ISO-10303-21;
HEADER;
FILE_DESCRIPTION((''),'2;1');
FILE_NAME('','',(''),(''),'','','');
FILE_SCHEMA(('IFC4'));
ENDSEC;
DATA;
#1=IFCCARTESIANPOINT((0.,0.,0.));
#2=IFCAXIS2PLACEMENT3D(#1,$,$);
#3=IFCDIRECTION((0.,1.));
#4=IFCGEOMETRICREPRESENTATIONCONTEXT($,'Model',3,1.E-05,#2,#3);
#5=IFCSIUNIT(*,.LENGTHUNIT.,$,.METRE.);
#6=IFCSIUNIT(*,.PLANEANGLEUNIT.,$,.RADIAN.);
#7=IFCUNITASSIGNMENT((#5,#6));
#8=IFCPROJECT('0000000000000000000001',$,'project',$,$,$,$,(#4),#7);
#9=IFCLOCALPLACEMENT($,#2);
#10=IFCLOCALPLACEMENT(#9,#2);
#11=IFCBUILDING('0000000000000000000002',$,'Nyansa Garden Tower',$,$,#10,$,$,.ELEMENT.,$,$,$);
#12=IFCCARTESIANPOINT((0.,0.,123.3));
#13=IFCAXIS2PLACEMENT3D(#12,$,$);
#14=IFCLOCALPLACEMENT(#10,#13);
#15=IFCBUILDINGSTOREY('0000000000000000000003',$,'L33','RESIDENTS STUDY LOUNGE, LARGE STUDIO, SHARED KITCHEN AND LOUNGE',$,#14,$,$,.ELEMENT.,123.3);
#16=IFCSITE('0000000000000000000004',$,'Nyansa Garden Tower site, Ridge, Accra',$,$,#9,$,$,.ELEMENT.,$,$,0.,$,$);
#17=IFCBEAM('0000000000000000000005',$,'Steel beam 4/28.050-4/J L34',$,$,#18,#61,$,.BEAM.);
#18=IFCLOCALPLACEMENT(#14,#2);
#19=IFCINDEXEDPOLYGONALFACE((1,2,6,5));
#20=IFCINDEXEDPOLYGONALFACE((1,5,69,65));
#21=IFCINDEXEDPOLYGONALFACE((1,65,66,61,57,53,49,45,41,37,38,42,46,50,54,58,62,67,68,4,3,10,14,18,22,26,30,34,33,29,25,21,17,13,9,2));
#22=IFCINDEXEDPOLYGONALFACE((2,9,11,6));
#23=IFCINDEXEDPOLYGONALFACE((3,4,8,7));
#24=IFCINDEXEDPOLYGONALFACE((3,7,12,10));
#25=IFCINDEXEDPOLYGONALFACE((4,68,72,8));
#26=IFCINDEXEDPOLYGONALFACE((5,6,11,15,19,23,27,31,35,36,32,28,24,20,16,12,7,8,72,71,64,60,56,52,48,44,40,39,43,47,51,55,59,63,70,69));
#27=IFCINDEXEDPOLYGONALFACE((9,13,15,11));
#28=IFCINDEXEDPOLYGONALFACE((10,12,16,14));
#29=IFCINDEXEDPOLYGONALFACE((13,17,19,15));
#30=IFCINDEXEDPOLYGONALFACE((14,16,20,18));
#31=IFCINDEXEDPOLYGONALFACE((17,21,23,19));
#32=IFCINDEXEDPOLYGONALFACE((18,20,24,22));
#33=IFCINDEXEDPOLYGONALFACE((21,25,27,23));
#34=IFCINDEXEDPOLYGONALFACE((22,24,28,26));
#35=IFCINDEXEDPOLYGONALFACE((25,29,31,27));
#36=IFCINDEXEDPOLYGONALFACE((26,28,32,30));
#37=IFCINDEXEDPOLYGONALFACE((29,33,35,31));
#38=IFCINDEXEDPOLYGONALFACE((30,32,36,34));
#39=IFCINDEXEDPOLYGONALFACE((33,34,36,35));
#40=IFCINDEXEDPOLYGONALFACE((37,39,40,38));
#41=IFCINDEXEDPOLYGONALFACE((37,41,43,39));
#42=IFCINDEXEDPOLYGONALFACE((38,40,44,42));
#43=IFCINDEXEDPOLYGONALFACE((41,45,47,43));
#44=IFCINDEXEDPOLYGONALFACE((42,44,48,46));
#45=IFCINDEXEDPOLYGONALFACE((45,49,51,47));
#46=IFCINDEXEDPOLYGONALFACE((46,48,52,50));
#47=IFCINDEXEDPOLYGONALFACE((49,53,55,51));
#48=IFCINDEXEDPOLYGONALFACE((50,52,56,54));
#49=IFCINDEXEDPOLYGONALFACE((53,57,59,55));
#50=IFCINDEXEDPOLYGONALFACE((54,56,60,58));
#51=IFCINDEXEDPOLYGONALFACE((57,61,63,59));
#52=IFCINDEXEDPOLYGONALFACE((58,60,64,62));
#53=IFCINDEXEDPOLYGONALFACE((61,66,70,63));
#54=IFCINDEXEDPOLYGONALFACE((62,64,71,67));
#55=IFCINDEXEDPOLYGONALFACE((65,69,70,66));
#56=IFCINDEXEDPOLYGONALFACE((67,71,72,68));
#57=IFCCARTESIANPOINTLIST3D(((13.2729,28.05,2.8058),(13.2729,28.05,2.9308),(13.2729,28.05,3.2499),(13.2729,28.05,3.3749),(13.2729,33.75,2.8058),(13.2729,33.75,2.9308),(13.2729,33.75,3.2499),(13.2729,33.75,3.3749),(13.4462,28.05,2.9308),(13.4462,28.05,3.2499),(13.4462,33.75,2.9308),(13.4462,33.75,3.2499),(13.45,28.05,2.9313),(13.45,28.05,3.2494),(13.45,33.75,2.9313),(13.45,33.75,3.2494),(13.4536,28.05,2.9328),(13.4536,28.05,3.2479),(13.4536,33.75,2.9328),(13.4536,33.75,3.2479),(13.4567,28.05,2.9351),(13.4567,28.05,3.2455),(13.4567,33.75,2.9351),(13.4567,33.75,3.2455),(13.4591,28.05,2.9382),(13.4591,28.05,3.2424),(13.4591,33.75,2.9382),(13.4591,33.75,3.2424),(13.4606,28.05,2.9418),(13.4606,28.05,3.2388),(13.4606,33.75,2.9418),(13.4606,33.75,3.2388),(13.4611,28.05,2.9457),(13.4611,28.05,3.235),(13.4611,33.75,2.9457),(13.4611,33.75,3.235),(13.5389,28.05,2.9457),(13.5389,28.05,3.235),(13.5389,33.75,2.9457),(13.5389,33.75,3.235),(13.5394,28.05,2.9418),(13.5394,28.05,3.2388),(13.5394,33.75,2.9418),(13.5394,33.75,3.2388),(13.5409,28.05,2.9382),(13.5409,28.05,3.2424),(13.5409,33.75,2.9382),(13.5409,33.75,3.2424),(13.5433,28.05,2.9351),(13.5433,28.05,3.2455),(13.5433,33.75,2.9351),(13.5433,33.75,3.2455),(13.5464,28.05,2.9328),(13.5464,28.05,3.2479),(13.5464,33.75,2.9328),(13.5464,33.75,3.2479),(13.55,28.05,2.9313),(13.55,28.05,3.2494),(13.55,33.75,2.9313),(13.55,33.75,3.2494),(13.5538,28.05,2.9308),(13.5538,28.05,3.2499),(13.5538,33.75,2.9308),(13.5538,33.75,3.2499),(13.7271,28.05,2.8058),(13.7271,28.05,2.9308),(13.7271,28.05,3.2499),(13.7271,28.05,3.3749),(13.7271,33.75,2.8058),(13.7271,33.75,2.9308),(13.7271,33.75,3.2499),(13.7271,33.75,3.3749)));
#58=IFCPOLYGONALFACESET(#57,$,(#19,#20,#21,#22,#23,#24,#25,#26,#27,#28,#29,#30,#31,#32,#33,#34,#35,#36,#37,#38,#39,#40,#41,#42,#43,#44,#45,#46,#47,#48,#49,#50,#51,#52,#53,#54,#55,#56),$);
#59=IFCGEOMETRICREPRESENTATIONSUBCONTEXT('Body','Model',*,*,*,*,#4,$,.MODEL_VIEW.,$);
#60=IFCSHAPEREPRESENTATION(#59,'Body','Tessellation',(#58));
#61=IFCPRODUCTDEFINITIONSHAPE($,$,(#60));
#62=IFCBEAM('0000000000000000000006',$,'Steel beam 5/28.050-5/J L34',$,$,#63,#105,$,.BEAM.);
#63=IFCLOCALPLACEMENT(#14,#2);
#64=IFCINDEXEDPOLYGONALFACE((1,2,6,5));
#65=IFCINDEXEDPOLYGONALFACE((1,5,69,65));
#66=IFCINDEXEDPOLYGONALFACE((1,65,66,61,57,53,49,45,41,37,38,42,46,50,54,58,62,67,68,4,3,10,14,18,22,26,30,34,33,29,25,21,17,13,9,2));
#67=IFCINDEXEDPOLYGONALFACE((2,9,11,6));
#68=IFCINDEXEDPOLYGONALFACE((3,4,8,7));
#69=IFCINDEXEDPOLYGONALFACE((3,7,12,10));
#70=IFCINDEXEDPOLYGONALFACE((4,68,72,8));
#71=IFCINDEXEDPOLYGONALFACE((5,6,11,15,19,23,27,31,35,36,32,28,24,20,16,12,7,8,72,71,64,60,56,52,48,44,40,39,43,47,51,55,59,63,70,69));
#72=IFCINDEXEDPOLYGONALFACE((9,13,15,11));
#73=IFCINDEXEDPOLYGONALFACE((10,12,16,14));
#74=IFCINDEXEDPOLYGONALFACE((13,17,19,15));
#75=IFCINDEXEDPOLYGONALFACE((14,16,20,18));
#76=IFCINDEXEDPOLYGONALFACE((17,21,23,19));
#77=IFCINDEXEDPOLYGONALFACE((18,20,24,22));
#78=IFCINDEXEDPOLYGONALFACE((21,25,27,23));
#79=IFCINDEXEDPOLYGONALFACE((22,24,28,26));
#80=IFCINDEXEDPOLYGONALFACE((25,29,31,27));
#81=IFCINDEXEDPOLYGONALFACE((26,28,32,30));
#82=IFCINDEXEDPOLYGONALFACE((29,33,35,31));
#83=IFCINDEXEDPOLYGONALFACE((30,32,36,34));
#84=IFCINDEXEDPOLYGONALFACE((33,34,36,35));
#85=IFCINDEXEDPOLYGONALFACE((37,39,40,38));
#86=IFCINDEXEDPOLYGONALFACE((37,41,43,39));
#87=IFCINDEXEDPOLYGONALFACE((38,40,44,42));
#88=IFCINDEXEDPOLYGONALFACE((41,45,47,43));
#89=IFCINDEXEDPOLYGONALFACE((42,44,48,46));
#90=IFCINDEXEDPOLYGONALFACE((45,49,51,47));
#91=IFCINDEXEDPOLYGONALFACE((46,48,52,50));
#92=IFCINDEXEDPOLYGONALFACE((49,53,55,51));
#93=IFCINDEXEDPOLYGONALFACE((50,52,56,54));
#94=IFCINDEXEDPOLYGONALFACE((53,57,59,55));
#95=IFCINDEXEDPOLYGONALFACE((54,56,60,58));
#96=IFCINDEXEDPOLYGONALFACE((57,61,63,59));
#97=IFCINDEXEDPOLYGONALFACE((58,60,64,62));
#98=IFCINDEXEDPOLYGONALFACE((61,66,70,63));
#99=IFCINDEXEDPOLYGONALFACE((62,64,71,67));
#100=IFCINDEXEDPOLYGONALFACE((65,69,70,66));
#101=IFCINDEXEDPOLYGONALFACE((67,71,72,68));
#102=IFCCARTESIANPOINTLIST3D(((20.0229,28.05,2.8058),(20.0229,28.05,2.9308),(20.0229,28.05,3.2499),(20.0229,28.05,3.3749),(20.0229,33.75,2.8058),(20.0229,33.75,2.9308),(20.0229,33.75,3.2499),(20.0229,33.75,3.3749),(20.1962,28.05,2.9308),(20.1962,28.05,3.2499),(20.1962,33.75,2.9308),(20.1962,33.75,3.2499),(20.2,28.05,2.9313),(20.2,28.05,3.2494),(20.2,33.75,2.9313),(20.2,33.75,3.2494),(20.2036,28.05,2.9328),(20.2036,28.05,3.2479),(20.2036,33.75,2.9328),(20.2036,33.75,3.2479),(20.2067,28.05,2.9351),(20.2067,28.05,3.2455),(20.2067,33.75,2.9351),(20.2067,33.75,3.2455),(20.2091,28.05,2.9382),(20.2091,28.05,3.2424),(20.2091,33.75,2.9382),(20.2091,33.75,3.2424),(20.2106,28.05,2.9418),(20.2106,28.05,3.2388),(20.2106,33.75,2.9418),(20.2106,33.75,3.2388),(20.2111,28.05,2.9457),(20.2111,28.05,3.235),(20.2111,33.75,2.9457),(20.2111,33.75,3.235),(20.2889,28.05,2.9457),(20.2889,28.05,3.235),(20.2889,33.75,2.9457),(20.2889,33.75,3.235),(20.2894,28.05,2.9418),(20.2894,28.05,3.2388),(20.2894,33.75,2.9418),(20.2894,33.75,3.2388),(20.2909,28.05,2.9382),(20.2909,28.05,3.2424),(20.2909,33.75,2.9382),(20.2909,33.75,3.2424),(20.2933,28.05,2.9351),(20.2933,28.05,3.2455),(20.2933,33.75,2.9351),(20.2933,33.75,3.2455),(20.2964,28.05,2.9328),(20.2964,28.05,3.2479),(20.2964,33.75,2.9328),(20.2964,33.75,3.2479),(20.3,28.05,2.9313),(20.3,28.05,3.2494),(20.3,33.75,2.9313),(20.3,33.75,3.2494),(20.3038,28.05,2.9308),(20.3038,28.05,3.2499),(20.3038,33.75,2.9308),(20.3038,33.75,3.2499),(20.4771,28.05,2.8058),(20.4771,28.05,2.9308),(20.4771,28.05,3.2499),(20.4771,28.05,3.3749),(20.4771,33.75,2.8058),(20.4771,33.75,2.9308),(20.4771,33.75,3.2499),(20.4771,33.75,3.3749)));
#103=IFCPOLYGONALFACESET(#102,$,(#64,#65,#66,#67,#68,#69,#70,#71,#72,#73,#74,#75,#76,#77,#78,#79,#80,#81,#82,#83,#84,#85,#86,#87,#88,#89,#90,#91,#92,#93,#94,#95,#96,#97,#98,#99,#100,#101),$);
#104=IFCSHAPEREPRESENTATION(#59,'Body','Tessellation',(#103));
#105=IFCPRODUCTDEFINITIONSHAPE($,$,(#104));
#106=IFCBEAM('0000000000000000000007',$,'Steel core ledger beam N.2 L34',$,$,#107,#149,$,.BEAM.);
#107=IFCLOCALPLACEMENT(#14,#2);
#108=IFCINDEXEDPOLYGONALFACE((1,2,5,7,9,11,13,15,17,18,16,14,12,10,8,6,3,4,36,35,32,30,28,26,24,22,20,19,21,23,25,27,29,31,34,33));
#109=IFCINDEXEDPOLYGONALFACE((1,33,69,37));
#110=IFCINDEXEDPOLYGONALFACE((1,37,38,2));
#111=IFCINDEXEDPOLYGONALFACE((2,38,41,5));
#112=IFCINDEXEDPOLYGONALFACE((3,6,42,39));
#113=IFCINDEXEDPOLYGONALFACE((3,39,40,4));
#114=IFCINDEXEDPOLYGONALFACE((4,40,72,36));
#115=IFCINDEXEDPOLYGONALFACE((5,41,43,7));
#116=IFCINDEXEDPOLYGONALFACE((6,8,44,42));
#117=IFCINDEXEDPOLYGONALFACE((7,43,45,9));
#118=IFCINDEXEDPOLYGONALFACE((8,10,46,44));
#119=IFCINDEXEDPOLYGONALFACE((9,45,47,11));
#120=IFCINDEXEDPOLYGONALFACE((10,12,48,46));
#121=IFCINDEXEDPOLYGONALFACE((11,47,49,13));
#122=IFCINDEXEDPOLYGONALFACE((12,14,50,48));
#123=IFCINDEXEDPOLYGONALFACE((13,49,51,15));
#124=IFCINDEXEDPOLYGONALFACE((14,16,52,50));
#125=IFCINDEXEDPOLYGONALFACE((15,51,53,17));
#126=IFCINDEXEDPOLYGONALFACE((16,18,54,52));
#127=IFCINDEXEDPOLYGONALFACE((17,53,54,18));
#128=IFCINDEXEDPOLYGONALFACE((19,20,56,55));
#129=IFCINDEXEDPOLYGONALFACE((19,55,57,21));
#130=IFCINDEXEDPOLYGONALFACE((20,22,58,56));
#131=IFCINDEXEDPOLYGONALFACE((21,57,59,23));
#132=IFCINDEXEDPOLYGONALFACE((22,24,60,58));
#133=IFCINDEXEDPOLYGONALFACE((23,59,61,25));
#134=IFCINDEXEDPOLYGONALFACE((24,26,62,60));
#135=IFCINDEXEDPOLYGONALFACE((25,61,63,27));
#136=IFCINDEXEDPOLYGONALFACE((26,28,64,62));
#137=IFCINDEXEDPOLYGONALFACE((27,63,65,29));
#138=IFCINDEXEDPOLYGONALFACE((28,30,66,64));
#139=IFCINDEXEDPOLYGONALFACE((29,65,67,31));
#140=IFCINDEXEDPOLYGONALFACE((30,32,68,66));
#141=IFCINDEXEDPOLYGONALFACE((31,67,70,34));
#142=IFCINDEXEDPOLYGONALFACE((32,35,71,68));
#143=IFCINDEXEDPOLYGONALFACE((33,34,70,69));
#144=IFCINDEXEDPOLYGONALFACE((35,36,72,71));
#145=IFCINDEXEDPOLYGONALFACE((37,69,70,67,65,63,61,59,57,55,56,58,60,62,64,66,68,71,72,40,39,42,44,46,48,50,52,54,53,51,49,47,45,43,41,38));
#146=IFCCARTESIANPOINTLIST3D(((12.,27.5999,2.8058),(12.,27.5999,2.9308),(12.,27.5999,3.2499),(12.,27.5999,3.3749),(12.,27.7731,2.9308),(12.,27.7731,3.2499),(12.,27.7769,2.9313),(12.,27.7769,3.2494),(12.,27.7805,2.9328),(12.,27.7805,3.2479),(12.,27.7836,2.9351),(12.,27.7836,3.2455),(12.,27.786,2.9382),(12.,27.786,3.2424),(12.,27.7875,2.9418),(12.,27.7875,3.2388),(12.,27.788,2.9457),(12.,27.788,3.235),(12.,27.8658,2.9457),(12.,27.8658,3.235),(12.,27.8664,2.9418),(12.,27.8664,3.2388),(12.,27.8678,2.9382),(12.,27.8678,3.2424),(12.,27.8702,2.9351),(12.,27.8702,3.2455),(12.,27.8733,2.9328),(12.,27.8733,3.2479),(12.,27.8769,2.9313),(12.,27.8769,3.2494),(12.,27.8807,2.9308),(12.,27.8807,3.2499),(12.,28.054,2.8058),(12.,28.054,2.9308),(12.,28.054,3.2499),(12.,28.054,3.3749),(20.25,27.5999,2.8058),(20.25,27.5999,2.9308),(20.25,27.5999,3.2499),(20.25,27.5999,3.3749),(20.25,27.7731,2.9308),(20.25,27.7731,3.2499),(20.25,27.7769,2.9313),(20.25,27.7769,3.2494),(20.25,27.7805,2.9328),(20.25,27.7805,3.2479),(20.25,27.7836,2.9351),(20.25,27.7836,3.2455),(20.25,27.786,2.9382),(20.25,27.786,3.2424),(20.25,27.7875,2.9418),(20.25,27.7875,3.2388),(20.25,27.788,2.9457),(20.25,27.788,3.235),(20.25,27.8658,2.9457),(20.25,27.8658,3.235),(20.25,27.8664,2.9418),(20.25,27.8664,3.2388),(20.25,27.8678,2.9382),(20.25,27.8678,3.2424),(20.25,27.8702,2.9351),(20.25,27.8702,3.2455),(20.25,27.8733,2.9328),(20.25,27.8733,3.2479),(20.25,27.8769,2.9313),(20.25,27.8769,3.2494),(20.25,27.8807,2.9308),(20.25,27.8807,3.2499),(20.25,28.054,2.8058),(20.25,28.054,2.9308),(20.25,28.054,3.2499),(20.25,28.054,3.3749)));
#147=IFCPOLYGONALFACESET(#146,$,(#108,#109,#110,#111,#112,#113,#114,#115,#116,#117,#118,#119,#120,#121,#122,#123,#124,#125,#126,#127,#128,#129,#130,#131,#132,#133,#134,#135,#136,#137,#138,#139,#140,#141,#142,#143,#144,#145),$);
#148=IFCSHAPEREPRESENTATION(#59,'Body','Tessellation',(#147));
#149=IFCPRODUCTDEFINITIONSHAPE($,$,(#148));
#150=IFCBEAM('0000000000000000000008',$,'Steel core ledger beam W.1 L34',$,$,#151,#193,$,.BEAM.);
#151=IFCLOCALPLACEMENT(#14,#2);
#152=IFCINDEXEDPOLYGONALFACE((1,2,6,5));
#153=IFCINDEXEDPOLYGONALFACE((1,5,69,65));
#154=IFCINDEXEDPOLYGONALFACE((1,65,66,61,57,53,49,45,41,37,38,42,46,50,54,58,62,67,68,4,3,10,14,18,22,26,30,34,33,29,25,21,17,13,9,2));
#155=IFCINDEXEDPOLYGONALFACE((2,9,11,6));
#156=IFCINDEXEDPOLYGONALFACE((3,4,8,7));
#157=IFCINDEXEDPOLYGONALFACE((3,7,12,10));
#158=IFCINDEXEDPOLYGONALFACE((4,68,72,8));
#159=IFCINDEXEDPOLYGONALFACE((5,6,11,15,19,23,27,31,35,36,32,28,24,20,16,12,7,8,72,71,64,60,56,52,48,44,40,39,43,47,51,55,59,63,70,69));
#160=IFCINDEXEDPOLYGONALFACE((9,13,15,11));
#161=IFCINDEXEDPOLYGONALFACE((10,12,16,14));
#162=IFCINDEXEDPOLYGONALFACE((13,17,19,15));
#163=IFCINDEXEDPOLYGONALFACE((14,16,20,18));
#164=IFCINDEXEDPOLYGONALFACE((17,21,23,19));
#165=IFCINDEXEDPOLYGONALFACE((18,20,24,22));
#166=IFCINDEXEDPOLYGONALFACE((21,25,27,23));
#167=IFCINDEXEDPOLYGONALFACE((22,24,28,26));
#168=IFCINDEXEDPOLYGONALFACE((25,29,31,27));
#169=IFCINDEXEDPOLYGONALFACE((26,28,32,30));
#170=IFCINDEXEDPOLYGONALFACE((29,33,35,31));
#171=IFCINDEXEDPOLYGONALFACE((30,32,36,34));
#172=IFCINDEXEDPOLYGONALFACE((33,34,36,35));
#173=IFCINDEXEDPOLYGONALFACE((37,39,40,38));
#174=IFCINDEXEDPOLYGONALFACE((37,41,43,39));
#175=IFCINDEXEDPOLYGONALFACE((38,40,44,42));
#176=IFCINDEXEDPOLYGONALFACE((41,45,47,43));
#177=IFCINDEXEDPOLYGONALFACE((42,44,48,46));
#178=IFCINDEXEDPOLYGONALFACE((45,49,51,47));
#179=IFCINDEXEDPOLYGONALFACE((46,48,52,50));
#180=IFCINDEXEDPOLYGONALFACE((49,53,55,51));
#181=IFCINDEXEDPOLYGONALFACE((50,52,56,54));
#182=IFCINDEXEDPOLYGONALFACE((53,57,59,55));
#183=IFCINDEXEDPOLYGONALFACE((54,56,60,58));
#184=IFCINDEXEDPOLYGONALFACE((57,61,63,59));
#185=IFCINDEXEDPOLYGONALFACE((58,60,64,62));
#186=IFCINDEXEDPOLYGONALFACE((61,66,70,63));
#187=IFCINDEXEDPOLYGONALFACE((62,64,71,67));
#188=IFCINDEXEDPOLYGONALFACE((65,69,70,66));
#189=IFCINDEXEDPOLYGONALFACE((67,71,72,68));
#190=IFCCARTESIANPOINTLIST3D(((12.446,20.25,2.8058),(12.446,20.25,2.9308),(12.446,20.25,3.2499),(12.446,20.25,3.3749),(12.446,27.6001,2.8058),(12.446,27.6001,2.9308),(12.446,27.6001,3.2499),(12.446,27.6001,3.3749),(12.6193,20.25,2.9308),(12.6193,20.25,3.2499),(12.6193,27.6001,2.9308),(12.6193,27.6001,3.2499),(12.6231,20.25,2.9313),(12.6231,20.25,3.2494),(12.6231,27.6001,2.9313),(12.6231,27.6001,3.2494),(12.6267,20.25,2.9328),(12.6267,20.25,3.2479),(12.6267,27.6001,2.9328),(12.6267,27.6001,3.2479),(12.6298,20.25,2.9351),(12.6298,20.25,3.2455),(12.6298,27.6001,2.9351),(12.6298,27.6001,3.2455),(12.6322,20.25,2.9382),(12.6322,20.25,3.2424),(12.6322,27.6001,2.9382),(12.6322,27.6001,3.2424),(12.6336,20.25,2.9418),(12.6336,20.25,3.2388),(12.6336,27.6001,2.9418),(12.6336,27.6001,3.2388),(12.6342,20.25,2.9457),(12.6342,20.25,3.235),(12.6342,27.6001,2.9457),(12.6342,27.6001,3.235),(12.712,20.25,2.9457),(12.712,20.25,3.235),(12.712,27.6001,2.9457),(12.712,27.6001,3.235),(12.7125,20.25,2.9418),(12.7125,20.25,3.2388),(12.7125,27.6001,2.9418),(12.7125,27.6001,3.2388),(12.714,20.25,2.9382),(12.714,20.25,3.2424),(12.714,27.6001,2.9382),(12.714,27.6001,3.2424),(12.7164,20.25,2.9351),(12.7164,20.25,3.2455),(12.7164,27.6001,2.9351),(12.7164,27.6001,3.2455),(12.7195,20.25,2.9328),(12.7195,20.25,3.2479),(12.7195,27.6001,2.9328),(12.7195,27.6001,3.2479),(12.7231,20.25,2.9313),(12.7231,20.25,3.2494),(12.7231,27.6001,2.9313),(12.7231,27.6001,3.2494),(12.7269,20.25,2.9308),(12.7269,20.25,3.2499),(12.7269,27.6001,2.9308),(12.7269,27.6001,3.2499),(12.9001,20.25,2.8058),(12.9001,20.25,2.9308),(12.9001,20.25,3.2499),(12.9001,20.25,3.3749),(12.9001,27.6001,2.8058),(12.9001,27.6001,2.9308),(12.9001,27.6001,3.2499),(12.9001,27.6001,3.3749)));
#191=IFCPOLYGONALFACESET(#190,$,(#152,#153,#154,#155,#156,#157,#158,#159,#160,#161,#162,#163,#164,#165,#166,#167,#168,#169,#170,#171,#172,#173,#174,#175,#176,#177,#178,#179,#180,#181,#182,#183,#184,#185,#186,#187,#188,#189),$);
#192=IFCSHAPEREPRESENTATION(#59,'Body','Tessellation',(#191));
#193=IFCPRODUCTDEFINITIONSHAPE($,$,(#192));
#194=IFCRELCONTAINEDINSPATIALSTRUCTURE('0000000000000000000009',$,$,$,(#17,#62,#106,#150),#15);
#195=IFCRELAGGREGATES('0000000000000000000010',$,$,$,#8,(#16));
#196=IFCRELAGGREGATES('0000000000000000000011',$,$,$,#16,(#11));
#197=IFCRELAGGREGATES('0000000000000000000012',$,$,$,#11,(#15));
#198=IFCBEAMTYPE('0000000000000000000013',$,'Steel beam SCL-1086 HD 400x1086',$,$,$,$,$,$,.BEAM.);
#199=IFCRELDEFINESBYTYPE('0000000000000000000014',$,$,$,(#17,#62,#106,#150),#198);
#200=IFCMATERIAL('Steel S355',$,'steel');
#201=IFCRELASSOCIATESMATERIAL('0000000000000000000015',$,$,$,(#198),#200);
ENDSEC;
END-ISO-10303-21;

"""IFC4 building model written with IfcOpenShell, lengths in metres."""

from ifc_helpers import new_model, si_unit, direction, frame, origin, origin_2d, place, context, subcontext, project, spatial, i_section, extrude, material, material_profile, profile_set, type_object, element, save


model = new_model("IFC4")

# Units and contexts
model_context = context("Model", 3, precision=1e-05, world=origin(), true_north=direction((0.0, 1.0)))
body_context = subcontext(model_context, "Body", "Model", "MODEL_VIEW")
ifc_project = project(units=[si_unit("LENGTHUNIT", "METRE"), si_unit("PLANEANGLEUNIT", "RADIAN")], contexts=[model_context])

# Site, building, storey
site_placement = place(None, origin())
site = spatial("IfcSite", under=ifc_project, at=site_placement, Name="Nyansa Garden Tower site, Ridge, Accra", CompositionType="ELEMENT", RefElevation=0.0)
building_placement = place(site_placement, origin())
building = spatial("IfcBuilding", under=site, at=building_placement, Name="Nyansa Garden Tower", CompositionType="ELEMENT")
storey_placement = place(building_placement, frame((0.0, 0.0, 123.3)))
storey = spatial("IfcBuildingStorey", under=building, at=storey_placement, Name="L33", Description="RESIDENTS STUDY LOUNGE, LARGE STUDIO, SHARED KITCHEN AND LOUNGE", CompositionType="ELEMENT", Elevation=123.3)

# Beams
ifc_material_1 = material(Name="Steel S355", Category="steel")
ifc_material_profile_1 = material_profile(ifc_material_1, i_section(OverallWidth=0.4541, OverallDepth=0.5691, WebThickness=0.0779, FlangeThickness=0.125, FilletRadius=0.0149, at=origin_2d()), Name="HD 400x1086")
ifc_profile_set_1 = profile_set([ifc_material_profile_1], Name="Steel S355")
beam_type_1 = type_object("IfcBeamType", Name="Steel beam SCL-1086 HD 400x1086", PredefinedType="BEAM", material=ifc_profile_set_1)
for number, where, z_axis, x_axis, name in (
    (1, (13.5, 28.05, 3.0903), (0.0, 1.0, 0.0), (-1.0, 0.0, 0.0), "Steel beam 4/28.050-4/J L34"),
    (2, (20.25, 28.05, 3.0903), (0.0, 1.0, 0.0), (-1.0, 0.0, 0.0), "Steel beam 5/28.050-5/J L34"),
):
    element("IfcBeam", number, at=place(storey_placement, frame(where, z_axis=z_axis, x_axis=x_axis)), inside=storey, type_object=beam_type_1, Name=name, PredefinedType="BEAM", context=body_context, shape_type="SweptSolid", body=[
        extrude(i_section(OverallWidth=0.4541, OverallDepth=0.5691, WebThickness=0.0779, FlangeThickness=0.125, FilletRadius=0.0149, at=origin_2d()), origin(), (0.0, 0.0, 1.0), 5.7),
    ])
beam_1_placement = place(storey_placement, frame((20.25, 27.8269, 3.0903), z_axis=(-1.0, 0.0, 0.0), x_axis=(0.0, -1.0, 0.0)))
element("IfcBeam", 3, at=beam_1_placement, inside=storey, type_object=beam_type_1, Name="Steel core ledger beam N.2 L34", PredefinedType="BEAM", context=body_context, shape_type="SweptSolid", body=[
    extrude(i_section(OverallWidth=0.4541, OverallDepth=0.5691, WebThickness=0.0779, FlangeThickness=0.125, FilletRadius=0.0149, at=origin_2d()), origin(), (0.0, 0.0, 1.0), 8.25),
])
beam_2_placement = place(storey_placement, frame((12.6731, 27.6001, 3.0903), z_axis=(0.0, -1.0, 0.0), x_axis=(1.0, 0.0, 0.0)))
element("IfcBeam", 4, at=beam_2_placement, inside=storey, type_object=beam_type_1, Name="Steel core ledger beam W.1 L34", PredefinedType="BEAM", context=body_context, shape_type="SweptSolid", body=[
    extrude(i_section(OverallWidth=0.4541, OverallDepth=0.5691, WebThickness=0.0779, FlangeThickness=0.125, FilletRadius=0.0149, at=origin_2d()), origin(), (0.0, 0.0, 1.0), 7.3501),
])

save(model, "model.ifc")
